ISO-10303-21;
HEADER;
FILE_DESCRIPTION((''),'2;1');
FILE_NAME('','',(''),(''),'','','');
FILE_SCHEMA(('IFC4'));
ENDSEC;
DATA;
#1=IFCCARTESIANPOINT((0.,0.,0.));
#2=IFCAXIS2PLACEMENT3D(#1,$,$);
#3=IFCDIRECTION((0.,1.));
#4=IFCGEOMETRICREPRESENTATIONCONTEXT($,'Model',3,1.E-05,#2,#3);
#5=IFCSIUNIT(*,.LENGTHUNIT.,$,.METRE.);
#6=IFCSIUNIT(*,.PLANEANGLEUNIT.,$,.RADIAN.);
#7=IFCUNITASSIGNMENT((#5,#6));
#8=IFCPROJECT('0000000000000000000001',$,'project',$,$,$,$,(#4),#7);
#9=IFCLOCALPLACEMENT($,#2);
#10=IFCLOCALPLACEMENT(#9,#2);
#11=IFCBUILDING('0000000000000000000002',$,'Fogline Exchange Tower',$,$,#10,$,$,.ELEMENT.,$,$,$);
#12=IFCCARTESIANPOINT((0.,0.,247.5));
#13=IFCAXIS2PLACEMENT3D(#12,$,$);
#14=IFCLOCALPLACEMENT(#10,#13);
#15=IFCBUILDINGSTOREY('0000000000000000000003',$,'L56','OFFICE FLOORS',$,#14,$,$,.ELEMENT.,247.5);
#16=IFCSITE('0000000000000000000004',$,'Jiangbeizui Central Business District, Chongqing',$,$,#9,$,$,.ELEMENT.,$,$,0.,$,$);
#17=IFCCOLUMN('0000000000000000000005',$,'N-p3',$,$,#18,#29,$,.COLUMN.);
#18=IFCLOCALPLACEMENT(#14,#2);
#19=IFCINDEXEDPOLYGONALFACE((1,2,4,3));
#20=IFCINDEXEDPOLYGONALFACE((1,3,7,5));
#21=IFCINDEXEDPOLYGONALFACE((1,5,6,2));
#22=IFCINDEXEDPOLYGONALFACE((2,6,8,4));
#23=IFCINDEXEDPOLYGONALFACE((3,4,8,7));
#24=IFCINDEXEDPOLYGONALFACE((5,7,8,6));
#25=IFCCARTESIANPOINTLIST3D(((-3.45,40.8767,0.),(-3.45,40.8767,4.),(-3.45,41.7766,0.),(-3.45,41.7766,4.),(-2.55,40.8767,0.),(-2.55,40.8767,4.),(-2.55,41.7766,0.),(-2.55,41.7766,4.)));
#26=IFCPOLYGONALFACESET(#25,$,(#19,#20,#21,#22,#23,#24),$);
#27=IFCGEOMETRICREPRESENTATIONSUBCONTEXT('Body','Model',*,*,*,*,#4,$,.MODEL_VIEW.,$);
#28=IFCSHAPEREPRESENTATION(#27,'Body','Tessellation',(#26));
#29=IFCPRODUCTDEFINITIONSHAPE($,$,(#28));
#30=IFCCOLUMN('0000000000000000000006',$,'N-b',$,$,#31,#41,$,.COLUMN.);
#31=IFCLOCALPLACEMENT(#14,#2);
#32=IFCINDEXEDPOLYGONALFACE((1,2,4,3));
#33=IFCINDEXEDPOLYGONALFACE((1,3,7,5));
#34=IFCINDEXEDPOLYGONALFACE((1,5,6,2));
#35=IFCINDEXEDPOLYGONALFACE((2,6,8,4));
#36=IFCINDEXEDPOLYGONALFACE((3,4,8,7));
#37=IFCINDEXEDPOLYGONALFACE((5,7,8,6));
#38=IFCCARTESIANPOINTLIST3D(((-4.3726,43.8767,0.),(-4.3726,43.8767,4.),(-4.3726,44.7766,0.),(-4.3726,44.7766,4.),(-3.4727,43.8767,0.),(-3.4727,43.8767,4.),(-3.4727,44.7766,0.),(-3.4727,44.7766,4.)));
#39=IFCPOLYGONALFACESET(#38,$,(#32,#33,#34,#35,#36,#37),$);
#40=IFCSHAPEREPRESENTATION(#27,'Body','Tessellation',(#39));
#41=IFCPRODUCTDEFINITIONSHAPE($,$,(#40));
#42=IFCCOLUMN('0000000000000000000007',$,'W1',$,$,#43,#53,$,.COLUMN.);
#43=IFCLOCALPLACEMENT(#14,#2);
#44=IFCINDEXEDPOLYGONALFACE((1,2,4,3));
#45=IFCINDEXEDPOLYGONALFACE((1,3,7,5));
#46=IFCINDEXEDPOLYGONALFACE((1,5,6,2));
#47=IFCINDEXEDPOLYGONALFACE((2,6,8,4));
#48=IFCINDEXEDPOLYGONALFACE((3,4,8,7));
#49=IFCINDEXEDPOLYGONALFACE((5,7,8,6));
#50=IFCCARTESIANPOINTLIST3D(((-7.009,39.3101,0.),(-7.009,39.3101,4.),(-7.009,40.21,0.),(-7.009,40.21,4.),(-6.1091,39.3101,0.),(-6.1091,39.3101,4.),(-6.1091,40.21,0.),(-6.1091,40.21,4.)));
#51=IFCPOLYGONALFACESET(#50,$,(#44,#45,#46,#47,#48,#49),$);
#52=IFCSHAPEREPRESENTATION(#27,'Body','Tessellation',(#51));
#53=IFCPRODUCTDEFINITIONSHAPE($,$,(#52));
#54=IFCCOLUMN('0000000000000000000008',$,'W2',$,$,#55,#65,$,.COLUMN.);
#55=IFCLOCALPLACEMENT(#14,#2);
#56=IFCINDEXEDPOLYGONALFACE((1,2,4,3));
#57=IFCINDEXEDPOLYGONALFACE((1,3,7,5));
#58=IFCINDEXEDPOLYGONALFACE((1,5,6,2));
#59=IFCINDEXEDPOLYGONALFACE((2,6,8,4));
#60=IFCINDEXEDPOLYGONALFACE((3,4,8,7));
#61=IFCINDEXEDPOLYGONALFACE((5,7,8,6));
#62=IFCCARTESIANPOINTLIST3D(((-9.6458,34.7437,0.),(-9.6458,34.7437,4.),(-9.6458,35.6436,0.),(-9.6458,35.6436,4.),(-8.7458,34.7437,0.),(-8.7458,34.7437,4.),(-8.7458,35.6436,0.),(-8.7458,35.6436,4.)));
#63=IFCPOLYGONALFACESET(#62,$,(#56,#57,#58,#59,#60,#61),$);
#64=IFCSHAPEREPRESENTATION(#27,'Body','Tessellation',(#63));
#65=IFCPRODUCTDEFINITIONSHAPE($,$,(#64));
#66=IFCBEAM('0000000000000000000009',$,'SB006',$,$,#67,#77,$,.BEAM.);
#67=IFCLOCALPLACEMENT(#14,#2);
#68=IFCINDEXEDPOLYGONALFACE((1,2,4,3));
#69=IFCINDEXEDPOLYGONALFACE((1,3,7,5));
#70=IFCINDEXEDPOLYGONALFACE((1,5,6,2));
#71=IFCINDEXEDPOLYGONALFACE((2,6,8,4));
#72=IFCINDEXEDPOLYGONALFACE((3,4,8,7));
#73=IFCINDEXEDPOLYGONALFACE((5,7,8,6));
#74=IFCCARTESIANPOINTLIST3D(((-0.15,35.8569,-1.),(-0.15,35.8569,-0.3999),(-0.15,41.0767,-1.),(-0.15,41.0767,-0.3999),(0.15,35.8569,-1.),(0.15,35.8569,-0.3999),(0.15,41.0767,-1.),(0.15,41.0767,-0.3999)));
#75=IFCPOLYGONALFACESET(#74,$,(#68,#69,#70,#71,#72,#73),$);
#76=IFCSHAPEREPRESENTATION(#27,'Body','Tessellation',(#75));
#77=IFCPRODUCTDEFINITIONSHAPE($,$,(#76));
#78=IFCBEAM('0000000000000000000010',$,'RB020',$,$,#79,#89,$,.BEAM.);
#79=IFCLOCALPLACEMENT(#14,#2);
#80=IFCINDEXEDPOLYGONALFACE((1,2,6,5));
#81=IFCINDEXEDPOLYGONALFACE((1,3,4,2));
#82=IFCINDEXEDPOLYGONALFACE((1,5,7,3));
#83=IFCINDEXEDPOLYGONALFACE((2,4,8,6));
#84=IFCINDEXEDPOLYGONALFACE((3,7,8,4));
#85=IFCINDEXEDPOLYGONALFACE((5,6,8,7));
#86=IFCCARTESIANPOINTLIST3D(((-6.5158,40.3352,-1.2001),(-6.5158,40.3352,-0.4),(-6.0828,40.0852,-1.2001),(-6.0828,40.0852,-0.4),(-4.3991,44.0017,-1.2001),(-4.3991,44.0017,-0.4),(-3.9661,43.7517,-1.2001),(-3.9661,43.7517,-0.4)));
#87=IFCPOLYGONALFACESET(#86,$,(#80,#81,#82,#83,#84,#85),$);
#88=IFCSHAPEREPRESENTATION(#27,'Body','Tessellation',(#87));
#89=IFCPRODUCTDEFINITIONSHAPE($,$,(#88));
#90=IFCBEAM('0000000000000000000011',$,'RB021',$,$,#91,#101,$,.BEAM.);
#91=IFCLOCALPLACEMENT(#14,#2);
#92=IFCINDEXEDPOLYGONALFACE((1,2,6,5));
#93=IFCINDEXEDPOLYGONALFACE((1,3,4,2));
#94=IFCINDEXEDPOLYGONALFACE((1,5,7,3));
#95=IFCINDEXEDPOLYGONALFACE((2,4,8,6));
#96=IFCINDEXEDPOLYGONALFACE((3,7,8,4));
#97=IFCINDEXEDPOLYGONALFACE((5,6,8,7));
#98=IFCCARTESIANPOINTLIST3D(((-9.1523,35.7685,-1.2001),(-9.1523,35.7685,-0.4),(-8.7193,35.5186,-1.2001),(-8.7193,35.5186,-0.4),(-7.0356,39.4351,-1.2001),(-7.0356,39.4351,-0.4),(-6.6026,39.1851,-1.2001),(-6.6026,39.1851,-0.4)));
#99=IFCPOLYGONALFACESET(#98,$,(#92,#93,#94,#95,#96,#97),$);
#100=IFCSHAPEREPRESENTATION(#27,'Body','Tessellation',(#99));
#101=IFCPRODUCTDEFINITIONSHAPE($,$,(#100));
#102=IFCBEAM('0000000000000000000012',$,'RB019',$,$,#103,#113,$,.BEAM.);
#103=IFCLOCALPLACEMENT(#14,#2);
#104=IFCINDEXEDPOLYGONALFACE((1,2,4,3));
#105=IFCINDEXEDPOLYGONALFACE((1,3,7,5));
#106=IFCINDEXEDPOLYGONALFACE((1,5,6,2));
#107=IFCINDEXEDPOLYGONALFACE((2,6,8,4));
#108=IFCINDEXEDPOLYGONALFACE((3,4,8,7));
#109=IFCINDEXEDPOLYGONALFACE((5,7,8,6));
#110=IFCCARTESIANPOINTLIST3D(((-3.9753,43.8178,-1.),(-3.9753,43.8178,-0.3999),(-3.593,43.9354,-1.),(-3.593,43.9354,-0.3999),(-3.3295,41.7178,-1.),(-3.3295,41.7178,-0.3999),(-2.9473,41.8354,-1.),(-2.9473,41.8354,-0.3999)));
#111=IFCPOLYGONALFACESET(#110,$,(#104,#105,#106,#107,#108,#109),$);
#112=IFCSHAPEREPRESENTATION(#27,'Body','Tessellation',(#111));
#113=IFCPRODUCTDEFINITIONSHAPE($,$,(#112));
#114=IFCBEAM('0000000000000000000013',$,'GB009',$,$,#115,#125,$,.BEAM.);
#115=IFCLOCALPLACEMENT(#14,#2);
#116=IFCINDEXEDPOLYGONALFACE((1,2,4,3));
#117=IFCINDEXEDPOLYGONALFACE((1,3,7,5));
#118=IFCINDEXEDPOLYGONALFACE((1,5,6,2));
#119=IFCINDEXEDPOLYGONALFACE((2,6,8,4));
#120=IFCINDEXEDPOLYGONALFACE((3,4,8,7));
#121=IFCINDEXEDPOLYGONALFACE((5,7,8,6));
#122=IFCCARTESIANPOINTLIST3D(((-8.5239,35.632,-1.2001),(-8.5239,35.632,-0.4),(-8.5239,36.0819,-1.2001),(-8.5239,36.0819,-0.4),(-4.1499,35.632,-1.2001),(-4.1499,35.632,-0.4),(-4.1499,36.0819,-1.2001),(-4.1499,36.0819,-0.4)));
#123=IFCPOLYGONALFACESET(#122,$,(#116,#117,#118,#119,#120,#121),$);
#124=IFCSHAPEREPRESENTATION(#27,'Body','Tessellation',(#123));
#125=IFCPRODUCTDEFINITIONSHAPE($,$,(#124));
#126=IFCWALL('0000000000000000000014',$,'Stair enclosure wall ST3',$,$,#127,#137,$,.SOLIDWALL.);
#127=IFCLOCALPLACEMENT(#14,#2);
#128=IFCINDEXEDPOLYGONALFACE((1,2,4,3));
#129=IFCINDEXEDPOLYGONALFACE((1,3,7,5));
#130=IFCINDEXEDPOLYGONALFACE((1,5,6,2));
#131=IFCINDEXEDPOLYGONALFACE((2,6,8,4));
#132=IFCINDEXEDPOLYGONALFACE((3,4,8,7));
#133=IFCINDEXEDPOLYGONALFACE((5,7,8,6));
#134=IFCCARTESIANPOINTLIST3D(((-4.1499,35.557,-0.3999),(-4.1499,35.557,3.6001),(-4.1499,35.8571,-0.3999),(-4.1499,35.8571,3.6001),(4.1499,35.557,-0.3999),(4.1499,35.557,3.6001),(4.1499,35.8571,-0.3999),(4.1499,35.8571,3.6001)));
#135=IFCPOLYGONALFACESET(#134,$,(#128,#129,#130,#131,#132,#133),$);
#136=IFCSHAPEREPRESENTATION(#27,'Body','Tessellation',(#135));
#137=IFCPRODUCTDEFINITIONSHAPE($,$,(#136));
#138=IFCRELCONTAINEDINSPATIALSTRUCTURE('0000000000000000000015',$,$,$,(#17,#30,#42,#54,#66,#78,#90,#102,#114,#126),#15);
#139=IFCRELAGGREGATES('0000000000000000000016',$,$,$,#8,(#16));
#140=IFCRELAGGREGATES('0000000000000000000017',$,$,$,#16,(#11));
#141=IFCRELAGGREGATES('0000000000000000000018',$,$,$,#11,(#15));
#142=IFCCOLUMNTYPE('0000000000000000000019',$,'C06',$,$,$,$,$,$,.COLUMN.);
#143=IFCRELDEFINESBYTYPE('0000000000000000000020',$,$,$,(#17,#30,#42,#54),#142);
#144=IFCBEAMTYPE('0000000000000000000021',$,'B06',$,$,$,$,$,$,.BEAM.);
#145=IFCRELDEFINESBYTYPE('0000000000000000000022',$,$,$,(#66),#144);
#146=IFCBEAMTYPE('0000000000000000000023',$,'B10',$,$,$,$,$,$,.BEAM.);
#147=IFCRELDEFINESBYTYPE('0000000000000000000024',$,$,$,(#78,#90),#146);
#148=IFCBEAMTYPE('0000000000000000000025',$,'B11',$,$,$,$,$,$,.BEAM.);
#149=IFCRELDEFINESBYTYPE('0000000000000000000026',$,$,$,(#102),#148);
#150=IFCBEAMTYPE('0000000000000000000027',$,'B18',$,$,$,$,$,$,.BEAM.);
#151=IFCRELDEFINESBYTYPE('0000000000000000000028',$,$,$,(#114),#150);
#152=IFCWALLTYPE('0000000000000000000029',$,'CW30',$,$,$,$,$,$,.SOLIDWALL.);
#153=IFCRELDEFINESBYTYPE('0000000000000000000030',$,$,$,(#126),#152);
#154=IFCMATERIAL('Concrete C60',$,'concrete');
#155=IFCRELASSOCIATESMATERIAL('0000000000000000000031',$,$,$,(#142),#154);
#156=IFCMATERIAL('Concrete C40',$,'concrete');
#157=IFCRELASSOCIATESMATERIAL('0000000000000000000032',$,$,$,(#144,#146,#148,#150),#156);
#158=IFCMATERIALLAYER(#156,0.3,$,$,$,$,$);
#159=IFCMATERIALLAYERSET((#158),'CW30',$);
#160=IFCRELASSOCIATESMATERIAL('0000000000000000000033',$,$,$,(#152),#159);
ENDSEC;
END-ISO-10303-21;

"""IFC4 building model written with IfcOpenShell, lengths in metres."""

from ifc_helpers import new_model, si_unit, direction, frame, frame_2d, origin, origin_2d, place, context, subcontext, project, spatial, rectangle, extrude, material, layer, layer_set, material_profile, profile_set, type_object, element, save


model = new_model("IFC4")

# Units and contexts
model_context = context("Model", 3, precision=1e-05, world=origin(), true_north=direction((0.0, 1.0)))
body_context = subcontext(model_context, "Body", "Model", "MODEL_VIEW")
ifc_project = project(units=[si_unit("LENGTHUNIT", "METRE"), si_unit("PLANEANGLEUNIT", "RADIAN")], contexts=[model_context])

# Site, building, storey
site_placement = place(None, origin())
site = spatial("IfcSite", under=ifc_project, at=site_placement, Name="Jiangbeizui Central Business District, Chongqing", CompositionType="ELEMENT", RefElevation=0.0)
building_placement = place(site_placement, origin())
building = spatial("IfcBuilding", under=site, at=building_placement, Name="Fogline Exchange Tower", CompositionType="ELEMENT")
storey_placement = place(building_placement, frame((0.0, 0.0, 247.5)))
storey = spatial("IfcBuildingStorey", under=building, at=storey_placement, Name="L56", Description="OFFICE FLOORS", CompositionType="ELEMENT", Elevation=247.5)

# Columns
ifc_material_1 = material(Name="Concrete C60", Category="concrete")
ifc_material_profile_1 = material_profile(ifc_material_1, rectangle(XDim=0.8999, YDim=0.8999, at=origin_2d()), Name="RC 900x900")
ifc_profile_set_1 = profile_set([ifc_material_profile_1], Name="Concrete C60")
column_type = type_object("IfcColumnType", Name="C06", PredefinedType="COLUMN", material=ifc_profile_set_1)
for number, where, z_axis, x_axis, name in (
    (1, (-3.0, 41.3267, 0.0), (0.0, 0.0, 1.0), (1.0, 0.0, 0.0), "N-p3"),
    (2, (-3.9226, 44.3267, 0.0), (0.0, 0.0, 1.0), (1.0, 0.0, 0.0), "N-b"),
    (3, (-6.5591, 39.76, 0.0), (0.0, 0.0, 1.0), (1.0, 0.0, 0.0), "W1"),
    (4, (-9.1958, 35.1936, 0.0), (0.0, 0.0, 1.0), (1.0, 0.0, 0.0), "W2"),
):
    element("IfcColumn", number, at=place(storey_placement, frame(where, z_axis=z_axis, x_axis=x_axis)), inside=storey, type_object=column_type, Name=name, PredefinedType="COLUMN", context=body_context, shape_type="SweptSolid", body=[
        extrude(rectangle(XDim=0.8999, YDim=0.8999, at=origin_2d()), origin(), (0.0, 0.0, 1.0), 4.0),
    ])

# Beams
ifc_material_2 = material(Name="Concrete C40", Category="concrete")
ifc_material_profile_2 = material_profile(ifc_material_2, rectangle(XDim=0.3, YDim=0.6001, at=origin_2d()), Name="RC 300x600")
ifc_profile_set_2 = profile_set([ifc_material_profile_2], Name="Concrete C40")
beam_type_1 = type_object("IfcBeamType", Name="B06", PredefinedType="BEAM", material=ifc_profile_set_2)
beam_1_placement = place(storey_placement, frame((0.0, 35.8569, -0.7), z_axis=(0.0, 1.0, 0.0), x_axis=(-1.0, 0.0, 0.0)))
element("IfcBeam", 5, at=beam_1_placement, inside=storey, type_object=beam_type_1, Name="SB006", PredefinedType="BEAM", context=body_context, shape_type="SweptSolid", body=[
    extrude(rectangle(XDim=0.3, YDim=0.6001, at=origin_2d()), origin(), (0.0, 0.0, 1.0), 5.2197),
])
ifc_material_profile_3 = material_profile(ifc_material_2, rectangle(XDim=0.5, YDim=0.8, at=origin_2d()), Name="RC 500x800")
ifc_profile_set_3 = profile_set([ifc_material_profile_3], Name="Concrete C40")
beam_type_2 = type_object("IfcBeamType", Name="B10", PredefinedType="BEAM", material=ifc_profile_set_3)
for number, where, z_axis, x_axis, name in (
    (6, (-4.1826, 43.8767, -0.8), (-0.499972, -0.866042, 0.0), (0.866042, -0.499972, 0.0), "RB020"),
    (7, (-6.8191, 39.3101, -0.8), (-0.499972, -0.866042, 0.0), (0.866042, -0.499972, 0.0), "RB021"),
):
    element("IfcBeam", number, at=place(storey_placement, frame(where, z_axis=z_axis, x_axis=x_axis)), inside=storey, type_object=beam_type_2, Name=name, PredefinedType="BEAM", context=body_context, shape_type="SweptSolid", body=[
        extrude(rectangle(XDim=0.5, YDim=0.8, at=origin_2d()), origin(), (0.0, 0.0, 1.0), 4.2336),
    ])
ifc_material_profile_4 = material_profile(ifc_material_2, rectangle(XDim=0.3999, YDim=0.6001, at=origin_2d()), Name="RC 400x600")
ifc_profile_set_4 = profile_set([ifc_material_profile_4], Name="Concrete C40")
beam_type_3 = type_object("IfcBeamType", Name="B11", PredefinedType="BEAM", material=ifc_profile_set_4)
beam_2_placement = place(storey_placement, frame((-3.1384, 41.7766, -0.7), z_axis=(-0.293906, 0.955834, 0.0), x_axis=(-0.955834, -0.293906, 0.0)))
element("IfcBeam", 8, at=beam_2_placement, inside=storey, type_object=beam_type_3, Name="RB019", PredefinedType="BEAM", context=body_context, shape_type="SweptSolid", body=[
    extrude(rectangle(XDim=0.3999, YDim=0.6001, at=origin_2d()), origin(), (0.0, 0.0, 1.0), 2.197),
])
ifc_material_profile_5 = material_profile(ifc_material_2, rectangle(XDim=0.45, YDim=0.8, at=origin_2d()), Name="RC 450x800")
ifc_profile_set_5 = profile_set([ifc_material_profile_5], Name="Concrete C40")
beam_type_4 = type_object("IfcBeamType", Name="B18", PredefinedType="BEAM", material=ifc_profile_set_5)
beam_3_placement = place(storey_placement, frame((-8.5239, 35.8569, -0.8), z_axis=(1.0, 0.0, 0.0), x_axis=(0.0, 1.0, 0.0)))
element("IfcBeam", 9, at=beam_3_placement, inside=storey, type_object=beam_type_4, Name="GB009", PredefinedType="BEAM", context=body_context, shape_type="SweptSolid", body=[
    extrude(rectangle(XDim=0.45, YDim=0.8, at=origin_2d()), origin(), (0.0, 0.0, 1.0), 4.374),
])

# Wall
ifc_layer_1 = layer(ifc_material_2, 0.3)
ifc_layer_set_1 = layer_set([ifc_layer_1], Name="CW30")
wall_type_1 = type_object("IfcWallType", Name="CW30", PredefinedType="SOLIDWALL", material=ifc_layer_set_1)
wall_1_placement = place(storey_placement, frame((-4.1499, 35.707, -0.3999), z_axis=(0.0, 0.0, 1.0), x_axis=(1.0, 0.0, 0.0)))
element("IfcWall", 10, at=wall_1_placement, inside=storey, type_object=wall_type_1, Name="Stair enclosure wall ST3", PredefinedType="SOLIDWALL", context=body_context, shape_type="SweptSolid", body=[
    extrude(rectangle(XDim=8.2998, YDim=0.3, at=frame_2d((4.1499, 0.0))), origin(), (0.0, 0.0, 1.0), 4.0),
])

save(model, "model.ifc")
